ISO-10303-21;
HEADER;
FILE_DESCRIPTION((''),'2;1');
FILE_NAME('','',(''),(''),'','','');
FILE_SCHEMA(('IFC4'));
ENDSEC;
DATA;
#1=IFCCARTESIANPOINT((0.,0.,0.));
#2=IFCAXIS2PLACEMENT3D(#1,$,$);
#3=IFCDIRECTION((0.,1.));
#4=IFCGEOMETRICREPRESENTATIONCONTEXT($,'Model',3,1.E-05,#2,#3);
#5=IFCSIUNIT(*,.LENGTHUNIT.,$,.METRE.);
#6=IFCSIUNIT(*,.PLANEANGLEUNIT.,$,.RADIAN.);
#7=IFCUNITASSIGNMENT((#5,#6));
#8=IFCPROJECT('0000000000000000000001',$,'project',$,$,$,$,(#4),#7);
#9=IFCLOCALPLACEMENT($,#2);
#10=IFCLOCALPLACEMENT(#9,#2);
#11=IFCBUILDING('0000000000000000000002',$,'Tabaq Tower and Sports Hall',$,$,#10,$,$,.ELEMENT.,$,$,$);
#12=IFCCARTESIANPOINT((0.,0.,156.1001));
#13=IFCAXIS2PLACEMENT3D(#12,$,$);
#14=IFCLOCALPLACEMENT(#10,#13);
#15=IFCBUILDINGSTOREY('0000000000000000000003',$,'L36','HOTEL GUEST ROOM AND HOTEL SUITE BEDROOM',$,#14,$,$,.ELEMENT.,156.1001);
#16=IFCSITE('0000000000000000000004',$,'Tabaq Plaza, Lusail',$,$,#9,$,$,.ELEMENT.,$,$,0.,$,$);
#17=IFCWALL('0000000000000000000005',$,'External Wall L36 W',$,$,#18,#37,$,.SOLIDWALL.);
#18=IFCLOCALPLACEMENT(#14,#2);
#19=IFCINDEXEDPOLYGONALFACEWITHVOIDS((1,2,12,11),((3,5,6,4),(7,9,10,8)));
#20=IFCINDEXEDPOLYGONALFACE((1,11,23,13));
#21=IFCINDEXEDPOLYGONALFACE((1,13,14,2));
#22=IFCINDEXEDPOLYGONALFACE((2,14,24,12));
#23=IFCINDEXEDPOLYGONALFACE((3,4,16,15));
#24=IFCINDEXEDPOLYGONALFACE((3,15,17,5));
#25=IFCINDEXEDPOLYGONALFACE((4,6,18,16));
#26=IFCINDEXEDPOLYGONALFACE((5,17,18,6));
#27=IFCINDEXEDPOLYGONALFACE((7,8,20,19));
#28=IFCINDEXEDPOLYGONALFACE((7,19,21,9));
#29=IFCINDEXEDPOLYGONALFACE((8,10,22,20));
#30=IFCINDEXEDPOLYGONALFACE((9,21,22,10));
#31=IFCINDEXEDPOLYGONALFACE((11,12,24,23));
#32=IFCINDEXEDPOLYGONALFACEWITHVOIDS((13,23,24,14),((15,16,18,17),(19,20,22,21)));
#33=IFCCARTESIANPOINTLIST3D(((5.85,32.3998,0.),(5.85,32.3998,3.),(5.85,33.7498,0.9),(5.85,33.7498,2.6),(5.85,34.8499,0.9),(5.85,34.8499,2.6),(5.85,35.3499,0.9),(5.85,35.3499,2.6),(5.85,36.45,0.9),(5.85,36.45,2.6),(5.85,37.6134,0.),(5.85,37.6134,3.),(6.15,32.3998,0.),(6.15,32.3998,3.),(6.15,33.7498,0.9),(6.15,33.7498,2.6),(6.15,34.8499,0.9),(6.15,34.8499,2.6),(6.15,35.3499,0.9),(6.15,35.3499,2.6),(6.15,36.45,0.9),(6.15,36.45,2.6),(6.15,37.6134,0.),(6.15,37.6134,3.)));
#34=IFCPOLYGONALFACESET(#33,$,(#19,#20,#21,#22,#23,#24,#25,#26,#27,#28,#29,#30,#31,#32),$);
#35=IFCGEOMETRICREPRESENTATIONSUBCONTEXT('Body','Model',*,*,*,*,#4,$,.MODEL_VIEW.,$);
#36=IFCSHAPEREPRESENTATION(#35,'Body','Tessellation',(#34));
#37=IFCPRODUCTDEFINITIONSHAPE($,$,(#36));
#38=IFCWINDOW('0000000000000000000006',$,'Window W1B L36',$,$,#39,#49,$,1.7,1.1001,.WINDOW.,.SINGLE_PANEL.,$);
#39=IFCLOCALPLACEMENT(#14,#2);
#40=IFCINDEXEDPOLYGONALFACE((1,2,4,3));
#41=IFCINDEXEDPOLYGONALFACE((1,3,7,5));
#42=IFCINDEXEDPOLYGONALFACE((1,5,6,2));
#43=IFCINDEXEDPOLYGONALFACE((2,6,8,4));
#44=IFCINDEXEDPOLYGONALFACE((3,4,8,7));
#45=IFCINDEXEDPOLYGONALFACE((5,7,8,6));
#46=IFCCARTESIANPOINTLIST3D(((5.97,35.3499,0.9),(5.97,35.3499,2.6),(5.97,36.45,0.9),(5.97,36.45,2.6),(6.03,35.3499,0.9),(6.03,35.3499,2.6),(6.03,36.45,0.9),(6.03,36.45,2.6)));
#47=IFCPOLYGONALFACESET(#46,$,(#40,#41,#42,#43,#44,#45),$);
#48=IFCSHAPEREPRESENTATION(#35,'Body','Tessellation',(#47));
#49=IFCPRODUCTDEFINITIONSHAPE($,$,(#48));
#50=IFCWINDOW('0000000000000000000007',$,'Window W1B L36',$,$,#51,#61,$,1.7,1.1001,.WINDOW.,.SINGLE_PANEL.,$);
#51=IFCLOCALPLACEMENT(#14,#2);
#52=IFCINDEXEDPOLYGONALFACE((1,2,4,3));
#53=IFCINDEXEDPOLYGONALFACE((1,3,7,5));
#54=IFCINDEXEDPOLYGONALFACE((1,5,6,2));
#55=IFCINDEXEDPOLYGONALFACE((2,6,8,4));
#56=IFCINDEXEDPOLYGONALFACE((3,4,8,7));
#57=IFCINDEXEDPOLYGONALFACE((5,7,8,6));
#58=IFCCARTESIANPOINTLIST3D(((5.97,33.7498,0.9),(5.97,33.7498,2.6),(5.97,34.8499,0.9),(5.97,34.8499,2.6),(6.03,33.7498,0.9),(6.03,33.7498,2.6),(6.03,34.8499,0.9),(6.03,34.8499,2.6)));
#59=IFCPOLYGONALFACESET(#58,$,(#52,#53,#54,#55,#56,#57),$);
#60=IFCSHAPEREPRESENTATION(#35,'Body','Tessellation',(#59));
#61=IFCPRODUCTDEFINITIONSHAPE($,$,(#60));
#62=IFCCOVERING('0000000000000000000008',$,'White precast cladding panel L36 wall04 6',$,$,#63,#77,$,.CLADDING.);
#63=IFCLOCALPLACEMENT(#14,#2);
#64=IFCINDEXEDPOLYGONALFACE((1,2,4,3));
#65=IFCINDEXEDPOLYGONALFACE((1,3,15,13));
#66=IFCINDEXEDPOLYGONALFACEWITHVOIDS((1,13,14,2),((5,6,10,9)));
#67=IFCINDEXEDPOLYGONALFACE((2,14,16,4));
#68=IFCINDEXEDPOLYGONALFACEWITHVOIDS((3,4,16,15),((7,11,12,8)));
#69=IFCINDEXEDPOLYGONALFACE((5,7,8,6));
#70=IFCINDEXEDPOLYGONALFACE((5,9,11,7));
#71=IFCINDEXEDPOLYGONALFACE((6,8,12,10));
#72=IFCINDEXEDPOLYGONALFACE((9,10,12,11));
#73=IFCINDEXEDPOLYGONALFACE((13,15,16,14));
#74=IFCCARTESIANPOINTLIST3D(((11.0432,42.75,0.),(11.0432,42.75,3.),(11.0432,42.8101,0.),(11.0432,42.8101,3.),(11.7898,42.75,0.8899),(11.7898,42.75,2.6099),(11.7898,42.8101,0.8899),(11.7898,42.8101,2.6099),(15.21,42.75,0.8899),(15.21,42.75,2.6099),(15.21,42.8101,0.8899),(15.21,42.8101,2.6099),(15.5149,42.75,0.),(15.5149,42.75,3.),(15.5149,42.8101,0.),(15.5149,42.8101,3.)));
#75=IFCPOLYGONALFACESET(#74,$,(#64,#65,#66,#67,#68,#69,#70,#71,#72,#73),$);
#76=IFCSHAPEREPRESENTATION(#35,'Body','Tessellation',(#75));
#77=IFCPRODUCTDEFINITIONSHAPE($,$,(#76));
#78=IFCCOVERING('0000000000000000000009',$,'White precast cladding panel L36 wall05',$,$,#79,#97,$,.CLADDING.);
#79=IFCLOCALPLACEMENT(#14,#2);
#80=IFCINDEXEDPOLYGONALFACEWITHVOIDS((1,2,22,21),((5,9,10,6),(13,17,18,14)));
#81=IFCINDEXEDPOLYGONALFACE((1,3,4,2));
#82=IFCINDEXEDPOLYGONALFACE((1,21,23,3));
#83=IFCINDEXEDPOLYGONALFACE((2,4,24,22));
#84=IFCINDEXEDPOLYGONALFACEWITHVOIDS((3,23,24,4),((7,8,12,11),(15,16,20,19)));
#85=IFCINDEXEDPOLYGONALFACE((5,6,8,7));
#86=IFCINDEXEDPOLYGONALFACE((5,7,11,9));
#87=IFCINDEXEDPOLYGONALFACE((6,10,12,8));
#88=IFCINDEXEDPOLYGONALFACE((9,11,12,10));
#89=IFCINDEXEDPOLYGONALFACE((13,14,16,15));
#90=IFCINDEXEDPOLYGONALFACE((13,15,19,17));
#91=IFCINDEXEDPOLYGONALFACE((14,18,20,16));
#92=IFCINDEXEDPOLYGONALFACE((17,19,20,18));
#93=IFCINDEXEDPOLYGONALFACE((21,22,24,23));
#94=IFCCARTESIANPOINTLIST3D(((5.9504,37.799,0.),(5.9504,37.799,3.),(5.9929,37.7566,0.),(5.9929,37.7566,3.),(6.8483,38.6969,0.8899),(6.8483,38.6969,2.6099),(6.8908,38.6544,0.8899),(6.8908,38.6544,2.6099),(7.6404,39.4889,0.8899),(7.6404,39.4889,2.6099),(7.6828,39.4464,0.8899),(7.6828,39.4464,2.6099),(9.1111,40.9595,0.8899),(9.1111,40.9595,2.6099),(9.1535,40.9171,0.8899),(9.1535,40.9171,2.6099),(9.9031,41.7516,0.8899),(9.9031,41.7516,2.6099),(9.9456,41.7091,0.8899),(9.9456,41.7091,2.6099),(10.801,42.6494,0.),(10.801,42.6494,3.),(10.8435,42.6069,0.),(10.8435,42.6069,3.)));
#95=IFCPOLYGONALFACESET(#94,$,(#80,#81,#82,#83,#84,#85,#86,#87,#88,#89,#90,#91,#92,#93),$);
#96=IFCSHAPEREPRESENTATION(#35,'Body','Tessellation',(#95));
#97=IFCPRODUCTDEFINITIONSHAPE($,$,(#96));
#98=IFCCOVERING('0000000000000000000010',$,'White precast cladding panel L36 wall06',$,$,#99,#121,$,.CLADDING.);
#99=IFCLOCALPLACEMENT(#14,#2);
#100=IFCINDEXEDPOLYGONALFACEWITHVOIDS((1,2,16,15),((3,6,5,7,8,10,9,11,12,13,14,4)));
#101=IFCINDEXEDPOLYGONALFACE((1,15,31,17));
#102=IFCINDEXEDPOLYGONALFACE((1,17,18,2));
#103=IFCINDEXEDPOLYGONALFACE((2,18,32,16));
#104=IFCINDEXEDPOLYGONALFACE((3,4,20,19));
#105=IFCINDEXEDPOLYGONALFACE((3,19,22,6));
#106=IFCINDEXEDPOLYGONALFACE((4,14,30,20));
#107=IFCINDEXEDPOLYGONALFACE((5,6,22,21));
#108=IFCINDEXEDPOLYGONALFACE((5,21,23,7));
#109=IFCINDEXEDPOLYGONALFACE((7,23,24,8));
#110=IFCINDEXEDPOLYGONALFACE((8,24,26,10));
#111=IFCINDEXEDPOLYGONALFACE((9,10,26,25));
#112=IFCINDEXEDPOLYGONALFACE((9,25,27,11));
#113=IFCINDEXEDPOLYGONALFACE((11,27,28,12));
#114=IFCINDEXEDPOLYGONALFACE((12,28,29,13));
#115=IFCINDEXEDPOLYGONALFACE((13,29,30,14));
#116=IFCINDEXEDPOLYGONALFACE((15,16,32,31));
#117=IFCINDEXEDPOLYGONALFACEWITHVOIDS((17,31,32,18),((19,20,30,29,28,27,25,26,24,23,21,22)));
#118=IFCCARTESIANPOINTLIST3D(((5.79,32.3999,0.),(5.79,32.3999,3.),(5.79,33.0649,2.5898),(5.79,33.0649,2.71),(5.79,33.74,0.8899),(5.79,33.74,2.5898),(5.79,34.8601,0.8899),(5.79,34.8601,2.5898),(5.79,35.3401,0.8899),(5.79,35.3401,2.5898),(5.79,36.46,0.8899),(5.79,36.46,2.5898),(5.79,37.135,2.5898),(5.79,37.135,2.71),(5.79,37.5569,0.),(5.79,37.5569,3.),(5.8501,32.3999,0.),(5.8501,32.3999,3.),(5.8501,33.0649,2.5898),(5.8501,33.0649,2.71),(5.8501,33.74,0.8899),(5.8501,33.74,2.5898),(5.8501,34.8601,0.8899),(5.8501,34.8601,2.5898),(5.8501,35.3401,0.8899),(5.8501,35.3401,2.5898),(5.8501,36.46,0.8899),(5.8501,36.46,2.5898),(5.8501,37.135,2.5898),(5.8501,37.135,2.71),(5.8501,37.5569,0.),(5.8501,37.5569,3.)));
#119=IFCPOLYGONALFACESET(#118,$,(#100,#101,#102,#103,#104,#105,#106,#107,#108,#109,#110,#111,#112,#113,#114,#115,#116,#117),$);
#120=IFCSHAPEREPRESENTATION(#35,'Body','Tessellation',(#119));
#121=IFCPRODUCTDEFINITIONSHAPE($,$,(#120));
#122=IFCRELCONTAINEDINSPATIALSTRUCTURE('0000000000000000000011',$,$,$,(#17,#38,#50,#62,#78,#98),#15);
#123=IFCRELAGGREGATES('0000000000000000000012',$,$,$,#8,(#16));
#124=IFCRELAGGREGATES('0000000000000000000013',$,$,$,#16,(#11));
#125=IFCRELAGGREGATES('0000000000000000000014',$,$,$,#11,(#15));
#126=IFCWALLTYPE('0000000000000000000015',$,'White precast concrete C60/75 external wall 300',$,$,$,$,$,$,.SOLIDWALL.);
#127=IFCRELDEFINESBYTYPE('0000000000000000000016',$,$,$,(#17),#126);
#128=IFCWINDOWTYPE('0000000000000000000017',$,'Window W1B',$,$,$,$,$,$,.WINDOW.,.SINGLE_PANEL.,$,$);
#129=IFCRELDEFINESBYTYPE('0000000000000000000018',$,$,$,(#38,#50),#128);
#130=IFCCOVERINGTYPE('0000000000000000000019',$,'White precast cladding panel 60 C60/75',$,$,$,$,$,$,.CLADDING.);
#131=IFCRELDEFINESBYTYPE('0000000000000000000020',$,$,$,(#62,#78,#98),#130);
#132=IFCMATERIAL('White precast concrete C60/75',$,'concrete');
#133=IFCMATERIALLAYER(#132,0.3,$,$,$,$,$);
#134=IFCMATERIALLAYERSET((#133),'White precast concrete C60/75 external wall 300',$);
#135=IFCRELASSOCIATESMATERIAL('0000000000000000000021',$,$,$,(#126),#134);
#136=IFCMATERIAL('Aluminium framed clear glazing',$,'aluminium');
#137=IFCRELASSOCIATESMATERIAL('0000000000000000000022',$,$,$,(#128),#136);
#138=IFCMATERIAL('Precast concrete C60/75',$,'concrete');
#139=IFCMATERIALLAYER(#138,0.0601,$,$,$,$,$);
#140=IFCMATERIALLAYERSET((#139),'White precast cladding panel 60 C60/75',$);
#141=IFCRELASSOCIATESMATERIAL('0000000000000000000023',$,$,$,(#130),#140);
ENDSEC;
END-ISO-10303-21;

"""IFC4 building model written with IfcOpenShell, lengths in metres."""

from ifc_helpers import new_model, si_unit, direction, frame, frame_2d, origin, place, context, subcontext, project, spatial, polyline, rectangle, outline, extrude, material, layer, layer_set, type_object, element, fill, save


model = new_model("IFC4")

# Units and contexts
model_context = context("Model", 3, precision=1e-05, world=origin(), true_north=direction((0.0, 1.0)))
body_context = subcontext(model_context, "Body", "Model", "MODEL_VIEW")
ifc_project = project(units=[si_unit("LENGTHUNIT", "METRE"), si_unit("PLANEANGLEUNIT", "RADIAN")], contexts=[model_context])

# Site, building, storey
site_placement = place(None, origin())
site = spatial("IfcSite", under=ifc_project, at=site_placement, Name="Tabaq Plaza, Lusail", CompositionType="ELEMENT", RefElevation=0.0)
building_placement = place(site_placement, origin())
building = spatial("IfcBuilding", under=site, at=building_placement, Name="Tabaq Tower and Sports Hall", CompositionType="ELEMENT")
storey_placement = place(building_placement, frame((0.0, 0.0, 156.1001)))
storey = spatial("IfcBuildingStorey", under=building, at=storey_placement, Name="L36", Description="HOTEL GUEST ROOM AND HOTEL SUITE BEDROOM", CompositionType="ELEMENT", Elevation=156.1001)

# Wall, openings, windows
ifc_material_1 = material(Name="White precast concrete C60/75", Category="concrete")
ifc_layer_1 = layer(ifc_material_1, 0.3)
ifc_layer_set_1 = layer_set([ifc_layer_1], Name="White precast concrete C60/75 external wall 300")
wall_type_1 = type_object("IfcWallType", Name="White precast concrete C60/75 external wall 300", PredefinedType="SOLIDWALL", material=ifc_layer_set_1)
ifc_material_2 = material(Name="Aluminium framed clear glazing", Category="aluminium")
window_type = type_object("IfcWindowType", Name="Window W1B", PartitioningType="SINGLE_PANEL", PredefinedType="WINDOW", material=ifc_material_2)
wall_1_placement = place(storey_placement, frame((6.0, 37.6135, 0.0), z_axis=(0.0, 0.0, 1.0), x_axis=(0.0, -1.0, 0.0)))
wall_1 = element("IfcWall", 1, at=wall_1_placement, inside=storey, type_object=wall_type_1, Name="External Wall L36 W", PredefinedType="SOLIDWALL", context=body_context, shape_type="SweptSolid", body=[
    extrude(rectangle(XDim=5.2136, YDim=0.3, at=frame_2d((2.6069, 0.0))), origin(), (0.0, 0.0, 1.0), 3.0),
])
opening_1_placement = place(wall_1_placement, frame((1.1636, 0.0, 0.8999)))
opening_1 = element("IfcOpeningElement", 2, at=opening_1_placement, cuts=wall_1, PredefinedType="OPENING", context=body_context, shape_type="SweptSolid", body=[
    extrude(rectangle(XDim=1.1001, YDim=1.7, at=frame_2d((0.55, 0.8501))), frame((0.0, 0.1602, 0.0), z_axis=(0.0, -1.0, 0.0), x_axis=(1.0, 0.0, 0.0)), (0.0, 0.0, 1.0), 0.3201),
])
opening_2_placement = place(wall_1_placement, frame((2.7637, 0.0, 0.8999)))
opening_2 = element("IfcOpeningElement", 3, at=opening_2_placement, cuts=wall_1, PredefinedType="OPENING", context=body_context, shape_type="SweptSolid", body=[
    extrude(rectangle(XDim=1.1001, YDim=1.7, at=frame_2d((0.55, 0.8501))), frame((0.0, 0.1602, 0.0), z_axis=(0.0, -1.0, 0.0), x_axis=(1.0, 0.0, 0.0)), (0.0, 0.0, 1.0), 0.3201),
])
window_1_placement = place(opening_1_placement, origin())
window_1 = element("IfcWindow", 4, at=window_1_placement, inside=storey, type_object=window_type, Name="Window W1B L36", OverallHeight=1.7, OverallWidth=1.1001, PartitioningType="SINGLE_PANEL", PredefinedType="WINDOW", context=body_context, shape_type="SweptSolid", body=[
    extrude(rectangle(XDim=1.1001, YDim=1.7, at=frame_2d((0.55, 0.8501))), frame((0.0, 0.03, 0.0), z_axis=(0.0, -1.0, 0.0), x_axis=(1.0, 0.0, 0.0)), (0.0, 0.0, 1.0), 0.0601),
])
fill(opening_1, window_1)
window_2_placement = place(opening_2_placement, origin())
window_2 = element("IfcWindow", 5, at=window_2_placement, inside=storey, type_object=window_type, Name="Window W1B L36", OverallHeight=1.7, OverallWidth=1.1001, PartitioningType="SINGLE_PANEL", PredefinedType="WINDOW", context=body_context, shape_type="SweptSolid", body=[
    extrude(rectangle(XDim=1.1001, YDim=1.7, at=frame_2d((0.55, 0.8501))), frame((0.0, 0.03, 0.0), z_axis=(0.0, -1.0, 0.0), x_axis=(1.0, 0.0, 0.0)), (0.0, 0.0, 1.0), 0.0601),
])
fill(opening_2, window_2)

# Coverings
ifc_material_3 = material(Name="Precast concrete C60/75", Category="concrete")
ifc_layer_2 = layer(ifc_material_3, 0.0601)
ifc_layer_set_2 = layer_set([ifc_layer_2], Name="White precast cladding panel 60 C60/75")
covering_type = type_object("IfcCoveringType", Name="White precast cladding panel 60 C60/75", PredefinedType="CLADDING", material=ifc_layer_set_2)
covering_1_placement = place(storey_placement, frame((15.5149, 42.78, 0.0), z_axis=(0.0, 0.0, 1.0), x_axis=(-1.0, 0.0, 0.0)))
element("IfcCovering", 6, at=covering_1_placement, inside=storey, type_object=covering_type, Name="White precast cladding panel L36 wall04 6", PredefinedType="CLADDING", context=body_context, shape_type="SweptSolid", body=[
    extrude(outline(polyline([(0.0, 0.0), (4.4717, 0.0), (4.4717, 3.0), (0.0, 3.0), (0.0, 0.0)]), holes=[polyline([(0.3049, 0.8899), (0.3049, 2.6099), (3.7251, 2.6099), (3.7251, 0.8899), (0.3049, 0.8899)])]), frame((0.0, 0.03, 0.0), z_axis=(0.0, -1.0, 0.0), x_axis=(1.0, 0.0, 0.0)), (0.0, 0.0, 1.0), 0.0601),
])
covering_2_placement = place(storey_placement, frame((10.8223, 42.6282, 0.0), z_axis=(0.0, 0.0, 1.0), x_axis=(-0.707125, -0.707089, 0.0)))
element("IfcCovering", 7, at=covering_2_placement, inside=storey, type_object=covering_type, Name="White precast cladding panel L36 wall05", PredefinedType="CLADDING", context=body_context, shape_type="SweptSolid", body=[
    extrude(outline(polyline([(0.0, 0.0), (6.8596, 0.0), (6.8596, 3.0), (0.0, 3.0), (0.0, 0.0)]), holes=[polyline([(1.2698, 2.6099), (2.3899, 2.6099), (2.3899, 0.8899), (1.2698, 0.8899), (1.2698, 2.6099)]), polyline([(4.4697, 2.6099), (5.5898, 2.6099), (5.5898, 0.8899), (4.4697, 0.8899), (4.4697, 2.6099)])]), frame((0.0, 0.03, 0.0), z_axis=(0.0, -1.0, 0.0), x_axis=(1.0, 0.0, 0.0)), (0.0, 0.0, 1.0), 0.0601),
])
covering_3_placement = place(storey_placement, frame((5.8201, 37.5569, 0.0), z_axis=(0.0, 0.0, 1.0), x_axis=(0.0, -1.0, 0.0)))
element("IfcCovering", 8, at=covering_3_placement, inside=storey, type_object=covering_type, Name="White precast cladding panel L36 wall06", PredefinedType="CLADDING", context=body_context, shape_type="SweptSolid", body=[
    extrude(outline(polyline([(0.0, 0.0), (5.157, 0.0), (5.157, 3.0), (0.0, 3.0), (0.0, 0.0)]), holes=[polyline([(1.0969, 2.5898), (0.4219, 2.5898), (0.4219, 2.71), (4.4919, 2.71), (4.4919, 2.5898), (3.8169, 2.5898), (3.8169, 0.8899), (2.6968, 0.8899), (2.6968, 2.5898), (2.2168, 2.5898), (2.2168, 0.8899), (1.0969, 0.8899), (1.0969, 2.5898)])]), frame((0.0, 0.03, 0.0), z_axis=(0.0, -1.0, 0.0), x_axis=(1.0, 0.0, 0.0)), (0.0, 0.0, 1.0), 0.0601),
])

save(model, "model.ifc")
